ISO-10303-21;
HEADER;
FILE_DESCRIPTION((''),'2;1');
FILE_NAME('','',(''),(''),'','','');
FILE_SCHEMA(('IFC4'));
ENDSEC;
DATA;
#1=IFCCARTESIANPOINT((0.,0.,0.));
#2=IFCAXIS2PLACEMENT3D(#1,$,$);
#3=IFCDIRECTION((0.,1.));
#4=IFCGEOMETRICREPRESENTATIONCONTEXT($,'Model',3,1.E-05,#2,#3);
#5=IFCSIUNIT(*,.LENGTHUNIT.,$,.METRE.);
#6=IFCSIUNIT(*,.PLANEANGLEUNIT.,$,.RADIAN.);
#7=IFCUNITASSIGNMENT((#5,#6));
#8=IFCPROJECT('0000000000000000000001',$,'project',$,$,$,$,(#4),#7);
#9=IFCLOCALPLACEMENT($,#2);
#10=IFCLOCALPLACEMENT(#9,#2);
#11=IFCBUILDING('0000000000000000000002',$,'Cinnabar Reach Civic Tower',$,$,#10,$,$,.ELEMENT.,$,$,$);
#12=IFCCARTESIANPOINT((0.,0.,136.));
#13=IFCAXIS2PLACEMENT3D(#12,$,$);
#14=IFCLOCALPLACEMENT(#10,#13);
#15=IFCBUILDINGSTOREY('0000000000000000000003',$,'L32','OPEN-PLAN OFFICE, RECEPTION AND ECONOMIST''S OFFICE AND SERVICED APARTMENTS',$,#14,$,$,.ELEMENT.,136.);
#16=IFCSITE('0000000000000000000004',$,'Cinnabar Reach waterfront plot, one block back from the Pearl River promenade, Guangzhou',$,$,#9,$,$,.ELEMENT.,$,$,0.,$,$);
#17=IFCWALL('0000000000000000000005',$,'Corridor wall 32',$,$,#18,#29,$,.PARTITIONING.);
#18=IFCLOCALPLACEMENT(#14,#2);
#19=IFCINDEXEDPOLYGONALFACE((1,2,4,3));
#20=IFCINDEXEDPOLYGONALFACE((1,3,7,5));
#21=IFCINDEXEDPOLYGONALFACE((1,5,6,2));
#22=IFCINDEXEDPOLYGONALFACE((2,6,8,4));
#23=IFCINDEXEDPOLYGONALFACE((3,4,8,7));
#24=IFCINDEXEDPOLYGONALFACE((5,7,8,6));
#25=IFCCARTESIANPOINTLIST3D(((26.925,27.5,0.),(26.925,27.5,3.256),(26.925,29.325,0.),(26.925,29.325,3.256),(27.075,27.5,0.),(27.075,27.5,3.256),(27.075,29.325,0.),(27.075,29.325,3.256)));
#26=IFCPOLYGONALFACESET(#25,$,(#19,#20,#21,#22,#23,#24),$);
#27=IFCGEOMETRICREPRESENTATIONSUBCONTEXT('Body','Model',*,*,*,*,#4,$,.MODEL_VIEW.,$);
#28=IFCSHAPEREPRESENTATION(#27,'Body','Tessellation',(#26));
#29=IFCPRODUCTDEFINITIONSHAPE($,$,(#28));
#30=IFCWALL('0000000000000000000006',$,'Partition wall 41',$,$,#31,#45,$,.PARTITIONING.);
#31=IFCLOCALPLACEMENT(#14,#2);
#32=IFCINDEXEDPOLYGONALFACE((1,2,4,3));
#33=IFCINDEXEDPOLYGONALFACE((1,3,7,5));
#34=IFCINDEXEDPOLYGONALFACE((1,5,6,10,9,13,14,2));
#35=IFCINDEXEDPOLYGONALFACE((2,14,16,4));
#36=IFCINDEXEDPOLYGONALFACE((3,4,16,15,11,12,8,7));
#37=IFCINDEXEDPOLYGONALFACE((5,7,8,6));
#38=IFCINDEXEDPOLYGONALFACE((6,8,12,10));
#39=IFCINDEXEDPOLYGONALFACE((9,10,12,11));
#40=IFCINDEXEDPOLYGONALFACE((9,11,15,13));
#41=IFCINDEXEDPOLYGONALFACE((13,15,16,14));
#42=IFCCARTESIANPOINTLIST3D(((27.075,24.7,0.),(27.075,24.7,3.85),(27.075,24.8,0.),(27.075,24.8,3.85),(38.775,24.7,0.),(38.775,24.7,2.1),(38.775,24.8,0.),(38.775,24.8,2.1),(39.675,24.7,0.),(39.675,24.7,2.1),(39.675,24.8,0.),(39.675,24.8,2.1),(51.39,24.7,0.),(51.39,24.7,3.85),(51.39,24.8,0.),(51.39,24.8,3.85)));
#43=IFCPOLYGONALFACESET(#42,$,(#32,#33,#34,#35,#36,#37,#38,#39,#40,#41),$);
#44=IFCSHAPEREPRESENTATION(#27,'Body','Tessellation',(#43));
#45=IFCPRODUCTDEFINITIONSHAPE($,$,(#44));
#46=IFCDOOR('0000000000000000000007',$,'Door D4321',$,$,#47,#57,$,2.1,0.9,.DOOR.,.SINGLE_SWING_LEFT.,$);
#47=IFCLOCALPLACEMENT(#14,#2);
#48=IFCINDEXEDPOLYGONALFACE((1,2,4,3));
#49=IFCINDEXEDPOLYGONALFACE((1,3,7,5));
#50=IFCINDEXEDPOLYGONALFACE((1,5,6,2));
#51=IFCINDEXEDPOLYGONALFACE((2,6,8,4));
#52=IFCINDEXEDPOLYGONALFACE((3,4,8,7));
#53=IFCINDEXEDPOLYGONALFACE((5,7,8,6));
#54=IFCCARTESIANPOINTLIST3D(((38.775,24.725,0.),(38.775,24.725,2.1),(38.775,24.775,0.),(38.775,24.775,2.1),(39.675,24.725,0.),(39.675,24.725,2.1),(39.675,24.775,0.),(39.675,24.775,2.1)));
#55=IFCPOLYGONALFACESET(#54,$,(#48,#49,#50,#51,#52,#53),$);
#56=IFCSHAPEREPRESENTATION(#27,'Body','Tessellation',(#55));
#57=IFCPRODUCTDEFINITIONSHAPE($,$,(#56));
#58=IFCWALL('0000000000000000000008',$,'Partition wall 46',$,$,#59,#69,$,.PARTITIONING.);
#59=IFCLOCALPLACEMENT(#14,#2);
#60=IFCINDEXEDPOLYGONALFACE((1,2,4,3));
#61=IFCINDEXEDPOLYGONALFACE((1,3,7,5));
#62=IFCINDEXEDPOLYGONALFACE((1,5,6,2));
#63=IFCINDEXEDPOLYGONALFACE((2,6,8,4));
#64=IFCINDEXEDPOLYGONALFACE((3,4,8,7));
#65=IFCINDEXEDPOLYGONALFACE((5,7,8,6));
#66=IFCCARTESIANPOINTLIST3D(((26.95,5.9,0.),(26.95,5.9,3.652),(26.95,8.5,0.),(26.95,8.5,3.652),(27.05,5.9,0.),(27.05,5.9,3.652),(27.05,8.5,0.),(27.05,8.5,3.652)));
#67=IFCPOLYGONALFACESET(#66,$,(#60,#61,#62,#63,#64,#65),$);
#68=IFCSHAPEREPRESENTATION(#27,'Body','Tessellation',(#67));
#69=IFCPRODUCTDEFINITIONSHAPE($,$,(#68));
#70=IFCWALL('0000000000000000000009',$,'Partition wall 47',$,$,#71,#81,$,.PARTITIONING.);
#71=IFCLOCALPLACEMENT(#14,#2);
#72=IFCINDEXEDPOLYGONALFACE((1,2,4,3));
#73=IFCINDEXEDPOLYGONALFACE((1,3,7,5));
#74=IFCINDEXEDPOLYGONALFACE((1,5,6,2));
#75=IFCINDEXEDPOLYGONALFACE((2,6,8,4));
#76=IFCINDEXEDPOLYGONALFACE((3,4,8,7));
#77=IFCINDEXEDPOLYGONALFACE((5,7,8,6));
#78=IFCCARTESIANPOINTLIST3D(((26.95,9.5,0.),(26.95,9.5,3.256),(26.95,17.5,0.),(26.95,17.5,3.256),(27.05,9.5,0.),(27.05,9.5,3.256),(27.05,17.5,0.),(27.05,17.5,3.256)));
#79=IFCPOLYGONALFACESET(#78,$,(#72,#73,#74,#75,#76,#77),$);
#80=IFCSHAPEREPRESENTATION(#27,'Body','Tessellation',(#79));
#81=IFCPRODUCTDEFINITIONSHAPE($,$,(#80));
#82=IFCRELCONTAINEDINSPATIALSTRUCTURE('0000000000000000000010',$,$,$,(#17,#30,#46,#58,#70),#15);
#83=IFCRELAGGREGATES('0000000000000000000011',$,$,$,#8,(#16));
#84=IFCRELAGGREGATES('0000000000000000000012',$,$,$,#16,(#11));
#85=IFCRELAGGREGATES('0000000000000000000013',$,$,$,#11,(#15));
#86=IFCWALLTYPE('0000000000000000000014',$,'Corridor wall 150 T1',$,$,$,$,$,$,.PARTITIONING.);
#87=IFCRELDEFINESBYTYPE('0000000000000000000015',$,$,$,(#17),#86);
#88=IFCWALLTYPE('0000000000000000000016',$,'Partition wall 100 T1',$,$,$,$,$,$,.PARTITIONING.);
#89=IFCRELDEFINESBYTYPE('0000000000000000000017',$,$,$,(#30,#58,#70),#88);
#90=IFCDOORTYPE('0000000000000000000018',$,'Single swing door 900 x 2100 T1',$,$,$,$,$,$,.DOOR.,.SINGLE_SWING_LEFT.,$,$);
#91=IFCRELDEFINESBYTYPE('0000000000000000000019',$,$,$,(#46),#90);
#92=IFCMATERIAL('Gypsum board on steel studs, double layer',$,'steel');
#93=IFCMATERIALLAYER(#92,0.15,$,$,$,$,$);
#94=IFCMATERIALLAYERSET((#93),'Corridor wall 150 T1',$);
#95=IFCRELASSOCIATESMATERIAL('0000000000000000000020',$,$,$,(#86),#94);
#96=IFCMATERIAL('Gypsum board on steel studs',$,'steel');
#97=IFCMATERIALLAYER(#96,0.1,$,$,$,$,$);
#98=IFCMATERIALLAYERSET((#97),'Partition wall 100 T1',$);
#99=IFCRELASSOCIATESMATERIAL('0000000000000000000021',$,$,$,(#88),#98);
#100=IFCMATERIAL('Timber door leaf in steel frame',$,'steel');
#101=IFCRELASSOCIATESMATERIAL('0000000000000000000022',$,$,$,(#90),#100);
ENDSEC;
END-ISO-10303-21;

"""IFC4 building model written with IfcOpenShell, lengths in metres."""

from ifc_helpers import new_model, si_unit, direction, frame, frame_2d, origin, place, context, subcontext, project, spatial, rectangle, extrude, material, layer, layer_set, type_object, element, fill, save


model = new_model("IFC4")

# Units and contexts
model_context = context("Model", 3, precision=1e-05, world=origin(), true_north=direction((0.0, 1.0)))
body_context = subcontext(model_context, "Body", "Model", "MODEL_VIEW")
ifc_project = project(units=[si_unit("LENGTHUNIT", "METRE"), si_unit("PLANEANGLEUNIT", "RADIAN")], contexts=[model_context])

# Site, building, storey
site_placement = place(None, origin())
site = spatial("IfcSite", under=ifc_project, at=site_placement, Name="Cinnabar Reach waterfront plot, one block back from the Pearl River promenade, Guangzhou", CompositionType="ELEMENT", RefElevation=0.0)
building_placement = place(site_placement, origin())
building = spatial("IfcBuilding", under=site, at=building_placement, Name="Cinnabar Reach Civic Tower", CompositionType="ELEMENT")
storey_placement = place(building_placement, frame((0.0, 0.0, 136.0)))
storey = spatial("IfcBuildingStorey", under=building, at=storey_placement, Name="L32", Description="OPEN-PLAN OFFICE, RECEPTION AND ECONOMIST'S OFFICE AND SERVICED APARTMENTS", CompositionType="ELEMENT", Elevation=136.0)

# Shared definitions
ifc_material_1 = material(Name="Gypsum board on steel studs, double layer", Category="steel")
ifc_layer_1 = layer(ifc_material_1, 0.15)
ifc_layer_set_1 = layer_set([ifc_layer_1], Name="Corridor wall 150 T1")
wall_type_1 = type_object("IfcWallType", Name="Corridor wall 150 T1", PredefinedType="PARTITIONING", material=ifc_layer_set_1)

# Shared definitions
ifc_material_2 = material(Name="Timber door leaf in steel frame", Category="steel")

# Wall
wall_1_placement = place(storey_placement, frame((27.0, 27.5, 0.0), z_axis=(0.0, 0.0, 1.0), x_axis=(0.0, 1.0, 0.0)))
element("IfcWall", 1, at=wall_1_placement, inside=storey, type_object=wall_type_1, Name="Corridor wall 32", PredefinedType="PARTITIONING", context=body_context, shape_type="SweptSolid", body=[
    extrude(rectangle(XDim=1.825, YDim=0.15, at=frame_2d((0.9125, 0.0))), origin(), (0.0, 0.0, 1.0), 3.256),
])

# Wall, opening, door
ifc_material_3 = material(Name="Gypsum board on steel studs", Category="steel")
ifc_layer_2 = layer(ifc_material_3, 0.1)
ifc_layer_set_2 = layer_set([ifc_layer_2], Name="Partition wall 100 T1")
wall_type_2 = type_object("IfcWallType", Name="Partition wall 100 T1", PredefinedType="PARTITIONING", material=ifc_layer_set_2)
wall_2_placement = place(storey_placement, frame((27.075, 24.75, 0.0), z_axis=(0.0, 0.0, 1.0), x_axis=(1.0, 0.0, 0.0)))
wall_2 = element("IfcWall", 2, at=wall_2_placement, inside=storey, type_object=wall_type_2, Name="Partition wall 41", PredefinedType="PARTITIONING", context=body_context, shape_type="SweptSolid", body=[
    extrude(rectangle(XDim=24.315, YDim=0.1, at=frame_2d((12.1575, 0.0))), origin(), (0.0, 0.0, 1.0), 3.85),
])
opening_1_placement = place(wall_2_placement, frame((11.7, 0.0, 0.0)))
opening_1 = element("IfcOpeningElement", 3, at=opening_1_placement, cuts=wall_2, PredefinedType="OPENING", context=body_context, shape_type="SweptSolid", body=[
    extrude(rectangle(XDim=0.9, YDim=2.1, at=frame_2d((0.45, 1.05))), frame((0.0, 0.06, 0.0), z_axis=(0.0, -1.0, 0.0), x_axis=(1.0, 0.0, 0.0)), (0.0, 0.0, 1.0), 0.12),
])
door_type_1 = type_object("IfcDoorType", Name="Single swing door 900 x 2100 T1", OperationType="SINGLE_SWING_LEFT", PredefinedType="DOOR", material=ifc_material_2)
door_1_placement = place(opening_1_placement, frame((0.9, 0.0, 0.0), z_axis=(0.0, 0.0, 1.0), x_axis=(-1.0, 0.0, 0.0)))
door_1 = element("IfcDoor", 4, at=door_1_placement, inside=storey, type_object=door_type_1, Name="Door D4321", OperationType="SINGLE_SWING_LEFT", OverallHeight=2.1, OverallWidth=0.9, PredefinedType="DOOR", context=body_context, shape_type="SweptSolid", body=[
    extrude(rectangle(XDim=0.9, YDim=2.1, at=frame_2d((0.45, 1.05))), frame((0.0, 0.025, 0.0), z_axis=(0.0, -1.0, 0.0), x_axis=(1.0, 0.0, 0.0)), (0.0, 0.0, 1.0), 0.05),
])
fill(opening_1, door_1)

# Walls
wall_3_placement = place(storey_placement, frame((27.0, 5.9, 0.0), z_axis=(0.0, 0.0, 1.0), x_axis=(0.0, 1.0, 0.0)))
element("IfcWall", 5, at=wall_3_placement, inside=storey, type_object=wall_type_2, Name="Partition wall 46", PredefinedType="PARTITIONING", context=body_context, shape_type="SweptSolid", body=[
    extrude(rectangle(XDim=2.6, YDim=0.1, at=frame_2d((1.3, 0.0))), origin(), (0.0, 0.0, 1.0), 3.652),
])
wall_4_placement = place(storey_placement, frame((27.0, 9.5, 0.0), z_axis=(0.0, 0.0, 1.0), x_axis=(0.0, 1.0, 0.0)))
element("IfcWall", 6, at=wall_4_placement, inside=storey, type_object=wall_type_2, Name="Partition wall 47", PredefinedType="PARTITIONING", context=body_context, shape_type="SweptSolid", body=[
    extrude(rectangle(XDim=8.0, YDim=0.1, at=frame_2d((4.0, 0.0))), origin(), (0.0, 0.0, 1.0), 3.256),
])

save(model, "model.ifc")
